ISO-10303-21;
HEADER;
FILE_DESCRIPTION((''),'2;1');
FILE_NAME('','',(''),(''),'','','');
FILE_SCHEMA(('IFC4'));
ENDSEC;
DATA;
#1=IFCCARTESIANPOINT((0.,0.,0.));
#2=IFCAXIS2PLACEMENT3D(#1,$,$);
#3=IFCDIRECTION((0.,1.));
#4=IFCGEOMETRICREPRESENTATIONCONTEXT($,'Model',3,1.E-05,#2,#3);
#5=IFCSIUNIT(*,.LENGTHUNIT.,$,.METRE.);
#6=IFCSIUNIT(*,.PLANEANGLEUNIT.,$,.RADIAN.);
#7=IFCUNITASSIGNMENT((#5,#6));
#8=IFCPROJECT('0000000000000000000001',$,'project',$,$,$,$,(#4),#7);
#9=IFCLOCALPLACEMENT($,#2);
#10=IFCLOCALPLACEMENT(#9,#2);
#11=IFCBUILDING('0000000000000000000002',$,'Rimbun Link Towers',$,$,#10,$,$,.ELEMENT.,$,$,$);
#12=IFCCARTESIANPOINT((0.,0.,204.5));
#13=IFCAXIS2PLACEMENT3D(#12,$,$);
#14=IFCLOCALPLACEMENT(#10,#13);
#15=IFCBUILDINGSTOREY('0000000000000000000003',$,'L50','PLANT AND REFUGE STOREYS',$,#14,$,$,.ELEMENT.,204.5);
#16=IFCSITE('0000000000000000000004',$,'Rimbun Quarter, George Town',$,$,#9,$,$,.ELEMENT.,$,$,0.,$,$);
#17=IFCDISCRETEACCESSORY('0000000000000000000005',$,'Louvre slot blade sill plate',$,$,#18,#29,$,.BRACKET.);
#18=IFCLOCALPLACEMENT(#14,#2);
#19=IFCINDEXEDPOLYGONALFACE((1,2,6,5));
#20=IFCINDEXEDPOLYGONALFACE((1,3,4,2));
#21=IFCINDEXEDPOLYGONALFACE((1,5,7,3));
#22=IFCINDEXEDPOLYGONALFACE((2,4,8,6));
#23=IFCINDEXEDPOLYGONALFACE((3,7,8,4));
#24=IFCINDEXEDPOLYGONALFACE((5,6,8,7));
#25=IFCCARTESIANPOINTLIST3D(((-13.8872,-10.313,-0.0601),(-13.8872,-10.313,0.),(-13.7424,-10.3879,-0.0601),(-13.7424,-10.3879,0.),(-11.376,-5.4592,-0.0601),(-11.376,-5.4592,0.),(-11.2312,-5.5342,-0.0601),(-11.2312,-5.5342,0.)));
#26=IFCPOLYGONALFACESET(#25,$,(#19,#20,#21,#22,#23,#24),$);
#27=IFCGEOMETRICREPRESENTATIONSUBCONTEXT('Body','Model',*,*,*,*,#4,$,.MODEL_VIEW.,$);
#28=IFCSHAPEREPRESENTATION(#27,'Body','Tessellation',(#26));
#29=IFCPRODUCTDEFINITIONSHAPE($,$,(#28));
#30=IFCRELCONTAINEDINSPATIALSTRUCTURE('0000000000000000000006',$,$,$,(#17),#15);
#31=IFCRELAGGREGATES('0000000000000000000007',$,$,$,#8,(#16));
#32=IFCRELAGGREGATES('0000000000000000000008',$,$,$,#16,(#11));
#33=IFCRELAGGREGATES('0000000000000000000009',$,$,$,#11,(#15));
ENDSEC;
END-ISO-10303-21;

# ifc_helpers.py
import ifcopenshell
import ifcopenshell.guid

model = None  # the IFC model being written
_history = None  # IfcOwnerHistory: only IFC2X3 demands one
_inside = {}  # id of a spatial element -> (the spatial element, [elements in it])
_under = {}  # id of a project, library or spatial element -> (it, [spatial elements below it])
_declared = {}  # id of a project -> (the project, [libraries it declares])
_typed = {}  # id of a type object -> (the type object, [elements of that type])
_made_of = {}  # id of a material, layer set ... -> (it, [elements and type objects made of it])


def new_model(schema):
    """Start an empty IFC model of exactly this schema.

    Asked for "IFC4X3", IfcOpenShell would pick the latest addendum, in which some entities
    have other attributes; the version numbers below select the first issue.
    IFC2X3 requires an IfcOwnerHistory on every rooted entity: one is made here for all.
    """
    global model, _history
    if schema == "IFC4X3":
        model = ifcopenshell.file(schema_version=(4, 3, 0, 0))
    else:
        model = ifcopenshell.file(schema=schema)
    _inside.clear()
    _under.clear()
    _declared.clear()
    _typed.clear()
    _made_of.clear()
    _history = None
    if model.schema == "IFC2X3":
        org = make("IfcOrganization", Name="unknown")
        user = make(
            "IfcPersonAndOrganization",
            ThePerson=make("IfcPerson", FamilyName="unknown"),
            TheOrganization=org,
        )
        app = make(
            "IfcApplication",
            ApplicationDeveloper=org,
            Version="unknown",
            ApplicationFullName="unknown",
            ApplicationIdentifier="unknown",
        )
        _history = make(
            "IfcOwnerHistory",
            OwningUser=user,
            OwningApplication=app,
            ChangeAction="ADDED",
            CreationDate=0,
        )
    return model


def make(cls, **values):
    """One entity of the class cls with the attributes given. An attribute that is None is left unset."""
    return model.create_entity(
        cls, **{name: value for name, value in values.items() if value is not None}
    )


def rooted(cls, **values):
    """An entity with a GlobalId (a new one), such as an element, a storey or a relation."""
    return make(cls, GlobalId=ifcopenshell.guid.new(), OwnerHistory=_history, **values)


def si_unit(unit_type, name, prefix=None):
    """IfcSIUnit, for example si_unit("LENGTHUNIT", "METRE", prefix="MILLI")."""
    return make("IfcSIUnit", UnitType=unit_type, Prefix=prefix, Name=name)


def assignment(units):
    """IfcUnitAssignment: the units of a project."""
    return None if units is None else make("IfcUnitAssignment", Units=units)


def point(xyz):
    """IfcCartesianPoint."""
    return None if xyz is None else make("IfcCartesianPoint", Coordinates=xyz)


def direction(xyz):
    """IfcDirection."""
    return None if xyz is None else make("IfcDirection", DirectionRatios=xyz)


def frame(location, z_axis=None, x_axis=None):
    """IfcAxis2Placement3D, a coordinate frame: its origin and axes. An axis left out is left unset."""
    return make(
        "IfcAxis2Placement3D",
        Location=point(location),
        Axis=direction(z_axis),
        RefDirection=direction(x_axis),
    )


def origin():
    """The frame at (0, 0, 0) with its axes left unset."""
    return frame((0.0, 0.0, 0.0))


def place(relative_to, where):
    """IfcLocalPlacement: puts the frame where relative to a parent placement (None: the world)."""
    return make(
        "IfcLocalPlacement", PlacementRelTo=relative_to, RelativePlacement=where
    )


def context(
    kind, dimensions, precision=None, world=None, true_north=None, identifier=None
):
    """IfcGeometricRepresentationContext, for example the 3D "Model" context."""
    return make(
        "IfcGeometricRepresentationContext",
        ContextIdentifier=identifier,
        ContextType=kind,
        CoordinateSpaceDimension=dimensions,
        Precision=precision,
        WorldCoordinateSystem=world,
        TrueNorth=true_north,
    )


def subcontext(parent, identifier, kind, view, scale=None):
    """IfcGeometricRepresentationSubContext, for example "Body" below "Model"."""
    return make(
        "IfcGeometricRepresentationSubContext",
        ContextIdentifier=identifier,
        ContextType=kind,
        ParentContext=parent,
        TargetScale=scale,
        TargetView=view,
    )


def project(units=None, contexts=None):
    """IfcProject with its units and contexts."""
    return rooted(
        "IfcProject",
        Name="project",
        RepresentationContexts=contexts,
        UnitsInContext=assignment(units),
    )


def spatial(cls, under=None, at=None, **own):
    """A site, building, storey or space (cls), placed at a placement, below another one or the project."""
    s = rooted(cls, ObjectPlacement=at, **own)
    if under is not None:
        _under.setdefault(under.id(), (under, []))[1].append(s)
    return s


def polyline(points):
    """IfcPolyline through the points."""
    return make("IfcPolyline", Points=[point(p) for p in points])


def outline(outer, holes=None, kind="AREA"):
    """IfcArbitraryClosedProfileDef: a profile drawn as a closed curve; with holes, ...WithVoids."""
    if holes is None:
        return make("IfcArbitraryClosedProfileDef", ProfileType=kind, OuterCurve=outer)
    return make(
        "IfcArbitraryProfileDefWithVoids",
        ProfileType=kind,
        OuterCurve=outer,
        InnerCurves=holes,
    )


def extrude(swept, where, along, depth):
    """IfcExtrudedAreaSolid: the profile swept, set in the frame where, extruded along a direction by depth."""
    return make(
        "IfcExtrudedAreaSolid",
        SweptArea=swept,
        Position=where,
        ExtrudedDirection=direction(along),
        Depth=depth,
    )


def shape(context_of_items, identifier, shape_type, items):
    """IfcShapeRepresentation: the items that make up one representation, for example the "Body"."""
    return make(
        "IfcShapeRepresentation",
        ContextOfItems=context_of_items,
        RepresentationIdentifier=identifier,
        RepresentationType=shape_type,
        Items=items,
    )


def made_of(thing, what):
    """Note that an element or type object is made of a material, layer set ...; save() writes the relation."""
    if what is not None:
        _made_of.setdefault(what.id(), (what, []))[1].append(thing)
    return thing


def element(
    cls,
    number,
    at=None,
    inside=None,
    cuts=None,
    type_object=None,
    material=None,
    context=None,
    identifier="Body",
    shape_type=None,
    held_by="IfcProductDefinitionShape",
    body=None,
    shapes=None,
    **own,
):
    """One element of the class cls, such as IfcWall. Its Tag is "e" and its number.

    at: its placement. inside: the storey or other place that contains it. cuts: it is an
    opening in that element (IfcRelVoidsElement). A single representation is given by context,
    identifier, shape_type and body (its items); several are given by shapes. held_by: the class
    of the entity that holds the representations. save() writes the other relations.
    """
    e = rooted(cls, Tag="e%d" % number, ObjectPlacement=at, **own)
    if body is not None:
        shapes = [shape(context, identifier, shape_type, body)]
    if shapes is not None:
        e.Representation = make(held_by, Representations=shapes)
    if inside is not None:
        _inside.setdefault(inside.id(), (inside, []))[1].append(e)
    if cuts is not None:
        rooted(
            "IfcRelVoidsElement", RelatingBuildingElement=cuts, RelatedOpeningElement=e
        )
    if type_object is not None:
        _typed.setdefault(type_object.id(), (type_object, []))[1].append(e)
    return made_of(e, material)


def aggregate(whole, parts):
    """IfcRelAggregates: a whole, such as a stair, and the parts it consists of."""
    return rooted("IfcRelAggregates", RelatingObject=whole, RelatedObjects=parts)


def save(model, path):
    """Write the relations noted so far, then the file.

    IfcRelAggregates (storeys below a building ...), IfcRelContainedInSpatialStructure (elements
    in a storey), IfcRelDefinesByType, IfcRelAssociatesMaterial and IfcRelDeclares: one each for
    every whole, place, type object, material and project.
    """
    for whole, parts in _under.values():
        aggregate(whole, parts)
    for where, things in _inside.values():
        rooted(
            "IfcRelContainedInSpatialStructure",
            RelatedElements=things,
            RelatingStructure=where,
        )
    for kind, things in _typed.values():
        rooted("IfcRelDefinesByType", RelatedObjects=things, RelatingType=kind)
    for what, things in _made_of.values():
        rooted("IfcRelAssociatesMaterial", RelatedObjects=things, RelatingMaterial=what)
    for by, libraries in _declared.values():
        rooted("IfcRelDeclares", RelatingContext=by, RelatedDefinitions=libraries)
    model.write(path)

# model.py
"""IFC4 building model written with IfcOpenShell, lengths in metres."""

from ifc_helpers import new_model, si_unit, direction, frame, origin, place, context, subcontext, project, spatial, polyline, outline, extrude, element, save


model = new_model("IFC4")

# Units and contexts
model_context = context("Model", 3, precision=1e-05, world=origin(), true_north=direction((0.0, 1.0)))
body_context = subcontext(model_context, "Body", "Model", "MODEL_VIEW")
ifc_project = project(units=[si_unit("LENGTHUNIT", "METRE"), si_unit("PLANEANGLEUNIT", "RADIAN")], contexts=[model_context])

# Site, building, storey
site_placement = place(None, origin())
site = spatial("IfcSite", under=ifc_project, at=site_placement, Name="Rimbun Quarter, George Town", CompositionType="ELEMENT", RefElevation=0.0)
building_placement = place(site_placement, origin())
building = spatial("IfcBuilding", under=site, at=building_placement, Name="Rimbun Link Towers", CompositionType="ELEMENT")
storey_placement = place(building_placement, frame((0.0, 0.0, 204.5)))
storey = spatial("IfcBuildingStorey", under=building, at=storey_placement, Name="L50", Description="PLANT AND REFUGE STOREYS", CompositionType="ELEMENT", Elevation=204.5)

# Discrete accessory
discrete_accessory_1_placement = place(storey_placement, frame((0.0, 0.0, -0.0601)))
element("IfcDiscreteAccessory", 1, at=discrete_accessory_1_placement, inside=storey, Name="Louvre slot blade sill plate", PredefinedType="BRACKET", context=body_context, shape_type="SweptSolid", body=[
    extrude(outline(polyline([(-11.376, -5.4592), (-11.2312, -5.5342), (-13.7424, -10.3879), (-13.8872, -10.313), (-11.376, -5.4592)])), origin(), (0.0, 0.0, 1.0), 0.0601),
])

save(model, "model.ifc")
